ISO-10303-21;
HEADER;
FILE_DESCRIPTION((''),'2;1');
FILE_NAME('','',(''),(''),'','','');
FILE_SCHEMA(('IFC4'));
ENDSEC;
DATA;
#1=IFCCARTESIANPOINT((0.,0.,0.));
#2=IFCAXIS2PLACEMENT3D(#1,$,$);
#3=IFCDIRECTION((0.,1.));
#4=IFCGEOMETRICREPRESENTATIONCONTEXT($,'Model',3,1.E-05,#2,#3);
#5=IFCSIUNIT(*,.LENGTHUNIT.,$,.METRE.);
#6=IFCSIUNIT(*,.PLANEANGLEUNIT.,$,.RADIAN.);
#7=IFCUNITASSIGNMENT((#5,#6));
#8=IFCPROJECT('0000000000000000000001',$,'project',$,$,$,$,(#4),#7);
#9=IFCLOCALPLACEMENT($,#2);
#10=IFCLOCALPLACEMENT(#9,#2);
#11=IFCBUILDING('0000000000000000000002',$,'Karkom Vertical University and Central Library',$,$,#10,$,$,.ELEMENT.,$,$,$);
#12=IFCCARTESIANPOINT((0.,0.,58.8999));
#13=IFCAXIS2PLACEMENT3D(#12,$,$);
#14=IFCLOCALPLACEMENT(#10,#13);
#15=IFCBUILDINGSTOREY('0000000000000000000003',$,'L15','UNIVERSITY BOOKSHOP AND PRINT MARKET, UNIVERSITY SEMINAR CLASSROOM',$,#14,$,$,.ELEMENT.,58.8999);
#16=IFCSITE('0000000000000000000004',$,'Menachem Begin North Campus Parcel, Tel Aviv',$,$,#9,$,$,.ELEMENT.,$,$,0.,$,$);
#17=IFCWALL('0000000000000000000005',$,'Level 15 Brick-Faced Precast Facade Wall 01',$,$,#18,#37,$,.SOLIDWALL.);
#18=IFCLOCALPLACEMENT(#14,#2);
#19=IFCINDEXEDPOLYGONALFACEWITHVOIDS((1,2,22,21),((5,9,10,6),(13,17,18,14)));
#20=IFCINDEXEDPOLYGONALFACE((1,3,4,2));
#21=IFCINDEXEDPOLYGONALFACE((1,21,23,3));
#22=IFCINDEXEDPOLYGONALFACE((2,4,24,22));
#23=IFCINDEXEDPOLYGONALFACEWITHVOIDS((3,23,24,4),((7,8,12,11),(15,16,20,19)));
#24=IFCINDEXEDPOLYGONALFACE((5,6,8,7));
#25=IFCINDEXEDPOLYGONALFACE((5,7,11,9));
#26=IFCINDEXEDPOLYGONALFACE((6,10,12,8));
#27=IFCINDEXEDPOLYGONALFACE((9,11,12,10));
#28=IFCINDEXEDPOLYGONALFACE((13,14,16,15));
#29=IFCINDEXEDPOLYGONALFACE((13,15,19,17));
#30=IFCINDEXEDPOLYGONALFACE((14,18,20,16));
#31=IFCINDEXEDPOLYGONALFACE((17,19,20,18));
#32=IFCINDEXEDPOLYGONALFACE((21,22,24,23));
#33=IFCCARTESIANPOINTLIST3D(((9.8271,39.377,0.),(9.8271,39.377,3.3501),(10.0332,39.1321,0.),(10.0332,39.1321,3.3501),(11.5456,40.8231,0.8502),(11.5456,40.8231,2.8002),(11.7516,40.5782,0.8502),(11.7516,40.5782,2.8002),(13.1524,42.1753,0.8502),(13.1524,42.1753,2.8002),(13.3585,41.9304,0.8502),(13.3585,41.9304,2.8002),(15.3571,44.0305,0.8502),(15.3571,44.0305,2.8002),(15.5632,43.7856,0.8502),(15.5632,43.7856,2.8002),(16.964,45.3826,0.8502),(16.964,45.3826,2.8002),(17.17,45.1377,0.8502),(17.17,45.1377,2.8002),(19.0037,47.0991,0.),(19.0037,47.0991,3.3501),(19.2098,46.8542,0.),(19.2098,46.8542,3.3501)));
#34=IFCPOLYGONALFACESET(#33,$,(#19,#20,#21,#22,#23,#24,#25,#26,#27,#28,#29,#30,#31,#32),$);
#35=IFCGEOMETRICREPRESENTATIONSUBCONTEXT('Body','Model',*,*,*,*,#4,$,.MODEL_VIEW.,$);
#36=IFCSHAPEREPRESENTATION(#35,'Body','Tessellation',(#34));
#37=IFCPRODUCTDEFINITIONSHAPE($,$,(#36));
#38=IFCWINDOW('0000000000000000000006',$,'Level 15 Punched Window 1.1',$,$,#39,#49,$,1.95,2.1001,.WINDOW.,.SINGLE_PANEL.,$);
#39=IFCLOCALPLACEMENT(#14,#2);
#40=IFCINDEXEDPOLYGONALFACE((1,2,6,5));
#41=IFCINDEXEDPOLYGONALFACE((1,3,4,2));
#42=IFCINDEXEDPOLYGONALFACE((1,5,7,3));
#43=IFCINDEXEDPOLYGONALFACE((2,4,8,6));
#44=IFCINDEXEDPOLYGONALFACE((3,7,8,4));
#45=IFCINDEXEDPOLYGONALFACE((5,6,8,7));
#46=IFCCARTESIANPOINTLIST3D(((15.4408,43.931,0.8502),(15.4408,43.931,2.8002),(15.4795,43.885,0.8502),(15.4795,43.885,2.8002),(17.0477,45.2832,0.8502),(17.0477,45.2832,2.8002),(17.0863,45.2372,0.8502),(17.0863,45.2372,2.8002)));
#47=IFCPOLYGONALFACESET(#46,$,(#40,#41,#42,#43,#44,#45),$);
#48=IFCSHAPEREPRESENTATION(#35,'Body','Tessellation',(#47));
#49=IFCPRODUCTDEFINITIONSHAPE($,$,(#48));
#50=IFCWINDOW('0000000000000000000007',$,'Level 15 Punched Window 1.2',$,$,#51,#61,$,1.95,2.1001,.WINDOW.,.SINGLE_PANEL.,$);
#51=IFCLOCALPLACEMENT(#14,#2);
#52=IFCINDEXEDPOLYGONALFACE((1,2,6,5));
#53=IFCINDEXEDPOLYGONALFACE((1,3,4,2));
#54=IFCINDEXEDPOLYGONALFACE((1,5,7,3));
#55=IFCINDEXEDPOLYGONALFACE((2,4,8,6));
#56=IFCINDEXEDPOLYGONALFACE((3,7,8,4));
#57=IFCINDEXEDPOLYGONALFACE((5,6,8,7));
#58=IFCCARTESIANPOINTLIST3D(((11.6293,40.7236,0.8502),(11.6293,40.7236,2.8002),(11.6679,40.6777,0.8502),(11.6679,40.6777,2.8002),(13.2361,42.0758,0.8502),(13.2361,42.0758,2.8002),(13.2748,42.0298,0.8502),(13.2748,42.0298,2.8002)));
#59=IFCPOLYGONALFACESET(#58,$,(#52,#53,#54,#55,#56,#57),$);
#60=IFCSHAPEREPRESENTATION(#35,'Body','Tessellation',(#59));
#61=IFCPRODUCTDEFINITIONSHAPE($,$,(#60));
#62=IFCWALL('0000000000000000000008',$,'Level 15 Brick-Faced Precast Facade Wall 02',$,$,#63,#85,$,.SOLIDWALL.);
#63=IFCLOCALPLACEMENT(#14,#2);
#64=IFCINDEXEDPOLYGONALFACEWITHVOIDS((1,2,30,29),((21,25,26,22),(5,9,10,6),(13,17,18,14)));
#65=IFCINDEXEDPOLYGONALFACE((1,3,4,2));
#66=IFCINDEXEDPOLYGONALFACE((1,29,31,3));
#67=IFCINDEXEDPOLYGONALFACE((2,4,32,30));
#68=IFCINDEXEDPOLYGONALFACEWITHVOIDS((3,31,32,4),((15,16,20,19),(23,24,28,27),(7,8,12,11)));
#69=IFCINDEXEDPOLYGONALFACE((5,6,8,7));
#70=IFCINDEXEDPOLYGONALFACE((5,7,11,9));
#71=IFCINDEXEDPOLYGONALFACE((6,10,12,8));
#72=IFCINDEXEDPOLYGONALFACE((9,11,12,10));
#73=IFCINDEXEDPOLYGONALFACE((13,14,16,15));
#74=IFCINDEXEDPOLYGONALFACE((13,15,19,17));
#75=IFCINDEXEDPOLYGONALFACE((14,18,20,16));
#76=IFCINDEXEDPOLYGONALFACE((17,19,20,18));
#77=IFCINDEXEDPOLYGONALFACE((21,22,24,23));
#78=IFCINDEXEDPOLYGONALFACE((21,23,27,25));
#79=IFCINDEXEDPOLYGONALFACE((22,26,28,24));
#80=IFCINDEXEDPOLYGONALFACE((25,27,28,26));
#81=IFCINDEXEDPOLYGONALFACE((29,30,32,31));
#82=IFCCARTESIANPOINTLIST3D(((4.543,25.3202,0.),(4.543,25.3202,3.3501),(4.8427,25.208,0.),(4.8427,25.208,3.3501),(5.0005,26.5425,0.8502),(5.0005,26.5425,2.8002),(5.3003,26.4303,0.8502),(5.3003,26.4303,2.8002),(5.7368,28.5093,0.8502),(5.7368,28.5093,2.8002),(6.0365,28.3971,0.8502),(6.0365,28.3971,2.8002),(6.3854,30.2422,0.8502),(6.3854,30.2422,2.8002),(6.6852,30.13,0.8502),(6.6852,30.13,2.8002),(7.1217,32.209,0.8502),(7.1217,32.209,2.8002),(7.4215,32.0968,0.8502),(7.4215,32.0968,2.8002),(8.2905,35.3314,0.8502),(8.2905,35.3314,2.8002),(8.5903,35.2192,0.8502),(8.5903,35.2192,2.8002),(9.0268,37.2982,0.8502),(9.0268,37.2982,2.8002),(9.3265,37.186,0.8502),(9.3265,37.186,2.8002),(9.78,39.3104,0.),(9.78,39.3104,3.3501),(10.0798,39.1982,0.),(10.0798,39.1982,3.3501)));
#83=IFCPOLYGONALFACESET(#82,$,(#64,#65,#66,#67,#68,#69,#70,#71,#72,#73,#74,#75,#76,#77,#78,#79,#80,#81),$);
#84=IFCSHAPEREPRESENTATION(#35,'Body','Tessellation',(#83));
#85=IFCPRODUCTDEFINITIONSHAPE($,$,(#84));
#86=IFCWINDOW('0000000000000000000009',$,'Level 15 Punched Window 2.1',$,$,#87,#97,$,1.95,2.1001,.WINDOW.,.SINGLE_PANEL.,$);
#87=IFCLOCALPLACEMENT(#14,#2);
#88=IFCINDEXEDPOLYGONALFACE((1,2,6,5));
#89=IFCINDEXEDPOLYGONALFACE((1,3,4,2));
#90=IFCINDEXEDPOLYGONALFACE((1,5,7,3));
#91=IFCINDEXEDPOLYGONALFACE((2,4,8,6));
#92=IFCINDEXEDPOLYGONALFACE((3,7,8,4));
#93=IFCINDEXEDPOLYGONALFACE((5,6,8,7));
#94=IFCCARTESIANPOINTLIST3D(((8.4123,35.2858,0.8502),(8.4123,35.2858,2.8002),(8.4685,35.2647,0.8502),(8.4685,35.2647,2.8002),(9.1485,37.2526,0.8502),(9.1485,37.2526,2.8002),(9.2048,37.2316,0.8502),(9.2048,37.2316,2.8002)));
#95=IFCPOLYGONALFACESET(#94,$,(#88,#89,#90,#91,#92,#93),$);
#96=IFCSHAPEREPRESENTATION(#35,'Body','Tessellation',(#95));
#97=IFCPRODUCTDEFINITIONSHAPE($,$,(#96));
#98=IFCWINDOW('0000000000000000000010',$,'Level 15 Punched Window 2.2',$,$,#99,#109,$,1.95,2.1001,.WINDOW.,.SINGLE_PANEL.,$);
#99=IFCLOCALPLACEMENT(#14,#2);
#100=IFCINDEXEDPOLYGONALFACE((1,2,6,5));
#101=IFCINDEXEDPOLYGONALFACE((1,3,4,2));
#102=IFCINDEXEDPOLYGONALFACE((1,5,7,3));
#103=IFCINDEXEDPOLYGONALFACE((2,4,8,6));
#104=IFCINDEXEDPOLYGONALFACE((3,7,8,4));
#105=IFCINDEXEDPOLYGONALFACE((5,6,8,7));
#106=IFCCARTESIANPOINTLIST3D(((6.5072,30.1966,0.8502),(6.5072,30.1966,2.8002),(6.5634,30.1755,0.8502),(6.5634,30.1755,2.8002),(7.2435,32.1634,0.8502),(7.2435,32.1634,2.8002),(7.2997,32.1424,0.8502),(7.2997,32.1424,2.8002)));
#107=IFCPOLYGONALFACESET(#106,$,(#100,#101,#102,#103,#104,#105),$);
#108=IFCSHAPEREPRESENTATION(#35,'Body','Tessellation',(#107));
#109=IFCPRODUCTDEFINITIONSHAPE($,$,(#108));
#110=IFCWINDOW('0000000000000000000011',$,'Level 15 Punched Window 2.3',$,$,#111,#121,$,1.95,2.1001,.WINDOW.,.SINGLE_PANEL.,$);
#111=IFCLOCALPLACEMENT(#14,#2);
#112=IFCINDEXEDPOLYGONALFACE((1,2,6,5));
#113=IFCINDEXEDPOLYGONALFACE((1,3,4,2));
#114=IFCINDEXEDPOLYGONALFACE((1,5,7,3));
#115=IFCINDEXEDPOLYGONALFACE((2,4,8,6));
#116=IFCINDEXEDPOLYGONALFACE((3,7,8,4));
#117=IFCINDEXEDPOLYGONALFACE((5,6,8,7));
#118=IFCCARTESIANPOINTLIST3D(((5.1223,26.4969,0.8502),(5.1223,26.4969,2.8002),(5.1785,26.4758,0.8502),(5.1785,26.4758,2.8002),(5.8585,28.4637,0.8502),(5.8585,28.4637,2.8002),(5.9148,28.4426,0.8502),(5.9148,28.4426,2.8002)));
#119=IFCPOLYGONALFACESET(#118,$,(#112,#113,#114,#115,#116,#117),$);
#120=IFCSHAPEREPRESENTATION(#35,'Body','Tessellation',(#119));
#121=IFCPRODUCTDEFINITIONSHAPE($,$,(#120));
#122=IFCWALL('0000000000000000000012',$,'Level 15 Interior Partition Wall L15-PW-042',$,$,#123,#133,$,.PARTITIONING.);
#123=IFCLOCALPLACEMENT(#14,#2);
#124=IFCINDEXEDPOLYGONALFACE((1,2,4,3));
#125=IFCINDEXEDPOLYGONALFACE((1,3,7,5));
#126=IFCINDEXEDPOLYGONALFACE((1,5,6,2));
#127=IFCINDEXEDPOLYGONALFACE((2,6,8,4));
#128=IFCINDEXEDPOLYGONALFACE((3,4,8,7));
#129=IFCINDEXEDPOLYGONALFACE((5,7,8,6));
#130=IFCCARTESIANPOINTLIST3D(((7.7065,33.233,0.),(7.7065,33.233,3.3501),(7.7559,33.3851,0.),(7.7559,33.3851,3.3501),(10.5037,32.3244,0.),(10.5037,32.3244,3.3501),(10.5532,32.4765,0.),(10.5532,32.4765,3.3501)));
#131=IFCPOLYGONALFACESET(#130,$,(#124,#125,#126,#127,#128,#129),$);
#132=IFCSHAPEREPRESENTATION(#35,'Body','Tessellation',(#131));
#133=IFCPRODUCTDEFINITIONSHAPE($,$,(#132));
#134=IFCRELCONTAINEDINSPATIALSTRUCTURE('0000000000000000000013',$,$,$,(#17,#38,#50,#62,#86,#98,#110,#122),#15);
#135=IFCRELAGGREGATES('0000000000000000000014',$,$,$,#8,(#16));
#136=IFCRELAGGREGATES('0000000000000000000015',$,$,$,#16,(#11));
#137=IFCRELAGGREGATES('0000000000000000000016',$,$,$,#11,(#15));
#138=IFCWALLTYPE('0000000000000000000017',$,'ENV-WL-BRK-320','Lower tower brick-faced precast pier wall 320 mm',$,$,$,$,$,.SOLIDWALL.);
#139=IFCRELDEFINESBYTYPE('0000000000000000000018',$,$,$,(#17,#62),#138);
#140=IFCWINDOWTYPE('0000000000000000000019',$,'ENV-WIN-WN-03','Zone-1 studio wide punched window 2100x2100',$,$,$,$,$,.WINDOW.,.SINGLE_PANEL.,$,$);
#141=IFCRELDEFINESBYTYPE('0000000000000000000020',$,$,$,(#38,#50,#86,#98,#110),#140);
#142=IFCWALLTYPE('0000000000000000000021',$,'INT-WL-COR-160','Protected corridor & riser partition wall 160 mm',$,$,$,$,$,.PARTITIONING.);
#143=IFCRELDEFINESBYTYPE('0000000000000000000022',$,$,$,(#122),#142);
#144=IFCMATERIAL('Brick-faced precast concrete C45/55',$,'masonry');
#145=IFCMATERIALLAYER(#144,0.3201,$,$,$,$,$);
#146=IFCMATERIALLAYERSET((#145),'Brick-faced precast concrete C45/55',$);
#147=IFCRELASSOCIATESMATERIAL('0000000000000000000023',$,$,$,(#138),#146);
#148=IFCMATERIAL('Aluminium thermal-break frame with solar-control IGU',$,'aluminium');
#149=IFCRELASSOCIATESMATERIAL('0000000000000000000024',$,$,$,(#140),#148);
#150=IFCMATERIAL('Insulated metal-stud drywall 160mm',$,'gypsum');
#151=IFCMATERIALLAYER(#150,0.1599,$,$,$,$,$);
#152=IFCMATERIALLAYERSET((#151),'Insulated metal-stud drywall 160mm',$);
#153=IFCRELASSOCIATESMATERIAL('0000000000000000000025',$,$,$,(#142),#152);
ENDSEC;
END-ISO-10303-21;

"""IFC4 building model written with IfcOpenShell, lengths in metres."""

from ifc_helpers import new_model, si_unit, direction, frame, frame_2d, origin, origin_with_axes, place, context, subcontext, project, spatial, rectangle, extrude, source, transform, mapped, material, layer, layer_set, type_object, element, fill, save


model = new_model("IFC4")

# Units and contexts
model_context = context("Model", 3, precision=1e-05, world=origin(), true_north=direction((0.0, 1.0)))
body_context = subcontext(model_context, "Body", "Model", "MODEL_VIEW")
ifc_project = project(units=[si_unit("LENGTHUNIT", "METRE"), si_unit("PLANEANGLEUNIT", "RADIAN")], contexts=[model_context])

# Site, building, storey
site_placement = place(None, origin())
site = spatial("IfcSite", under=ifc_project, at=site_placement, Name="Menachem Begin North Campus Parcel, Tel Aviv", CompositionType="ELEMENT", RefElevation=0.0)
building_placement = place(site_placement, origin())
building = spatial("IfcBuilding", under=site, at=building_placement, Name="Karkom Vertical University and Central Library", CompositionType="ELEMENT")
storey_placement = place(building_placement, frame((0.0, 0.0, 58.8999)))
storey = spatial("IfcBuildingStorey", under=building, at=storey_placement, Name="L15", Description="UNIVERSITY BOOKSHOP AND PRINT MARKET, UNIVERSITY SEMINAR CLASSROOM", CompositionType="ELEMENT", Elevation=58.8999)

# Walls, openings, windows
ifc_material_1 = material(Name="Brick-faced precast concrete C45/55", Category="masonry")
ifc_layer_1 = layer(ifc_material_1, 0.3201)
ifc_layer_set_1 = layer_set([ifc_layer_1], Name="Brick-faced precast concrete C45/55")
wall_type_1 = type_object("IfcWallType", Name="ENV-WL-BRK-320", Description="Lower tower brick-faced precast pier wall 320 mm", PredefinedType="SOLIDWALL", material=ifc_layer_set_1)
wall_1_placement = place(storey_placement, frame((19.1067, 46.9766, 0.0), z_axis=(0.0, 0.0, 1.0), x_axis=(-0.765142, -0.643861, 0.0)))
wall_1 = element("IfcWall", 1, at=wall_1_placement, inside=storey, type_object=wall_type_1, Name="Level 15 Brick-Faced Precast Facade Wall 01", PredefinedType="SOLIDWALL", context=body_context, shape_type="SweptSolid", body=[
    extrude(rectangle(XDim=11.9934, YDim=0.3201, at=frame_2d((5.9966, 0.0))), origin(), (0.0, 0.0, 1.0), 3.3501),
])
opening_1_placement = place(wall_1_placement, frame((2.6658, 0.0, 0.8501)))
opening_1 = element("IfcOpeningElement", 2, at=opening_1_placement, cuts=wall_1, PredefinedType="OPENING", context=body_context, shape_type="SweptSolid", body=[
    extrude(rectangle(XDim=2.1001, YDim=1.95, at=frame_2d((1.05, 0.9751))), frame((0.0, 0.1699, 0.0), z_axis=(0.0, -1.0, 0.0), x_axis=(1.0, 0.0, 0.0)), (0.0, 0.0, 1.0), 0.3401),
])
opening_2_placement = place(wall_1_placement, frame((7.6472, 0.0, 0.8501)))
opening_2 = element("IfcOpeningElement", 3, at=opening_2_placement, cuts=wall_1, PredefinedType="OPENING", context=body_context, shape_type="SweptSolid", body=[
    extrude(rectangle(XDim=2.1001, YDim=1.95, at=frame_2d((1.05, 0.9751))), frame((0.0, 0.1699, 0.0), z_axis=(0.0, -1.0, 0.0), x_axis=(1.0, 0.0, 0.0)), (0.0, 0.0, 1.0), 0.3401),
])
ifc_material_2 = material(Name="Aluminium thermal-break frame with solar-control IGU", Category="aluminium")
window_type = type_object("IfcWindowType", Name="ENV-WIN-WN-03", Description="Zone-1 studio wide punched window 2100x2100", PartitioningType="SINGLE_PANEL", PredefinedType="WINDOW", material=ifc_material_2)
shared_shape_1 = source(origin_with_axes(), body_context, "Body", "SweptSolid", [
    extrude(rectangle(XDim=2.1001, YDim=1.95, at=frame_2d((1.05, 0.9751))), frame((0.0, 0.03, 0.0), z_axis=(0.0, -1.0, 0.0), x_axis=(1.0, 0.0, 0.0)), (0.0, 0.0, 1.0), 0.0601),
])
window_1_placement = place(opening_1_placement, origin())
window_1 = element("IfcWindow", 4, at=window_1_placement, inside=storey, type_object=window_type, Name="Level 15 Punched Window 1.1", OverallHeight=1.95, OverallWidth=2.1001, PartitioningType="SINGLE_PANEL", PredefinedType="WINDOW", context=body_context, shape_type="MappedRepresentation", body=[
    mapped(shared_shape_1, transform((0.0, 0.0, 0.0), scale=1.0)),
])
fill(opening_1, window_1)
window_2_placement = place(opening_2_placement, origin())
window_2 = element("IfcWindow", 5, at=window_2_placement, inside=storey, type_object=window_type, Name="Level 15 Punched Window 1.2", OverallHeight=1.95, OverallWidth=2.1001, PartitioningType="SINGLE_PANEL", PredefinedType="WINDOW", context=body_context, shape_type="MappedRepresentation", body=[
    mapped(shared_shape_1, transform((0.0, 0.0, 0.0), scale=1.0)),
])
fill(opening_2, window_2)
wall_2_placement = place(storey_placement, frame((9.9299, 39.2544, 0.0), z_axis=(0.0, 0.0, 1.0), x_axis=(-0.350579, -0.936533, 0.0)))
wall_2 = element("IfcWall", 6, at=wall_2_placement, inside=storey, type_object=wall_type_1, Name="Level 15 Brick-Faced Precast Facade Wall 02", PredefinedType="SOLIDWALL", context=body_context, shape_type="SweptSolid", body=[
    extrude(rectangle(XDim=14.9382, YDim=0.3201, at=frame_2d((7.4692, 0.0))), origin(), (0.0, 0.0, 1.0), 3.3501),
])
opening_3_placement = place(wall_2_placement, frame((2.1487, 0.0, 0.8501)))
opening_3 = element("IfcOpeningElement", 7, at=opening_3_placement, cuts=wall_2, PredefinedType="OPENING", context=body_context, shape_type="SweptSolid", body=[
    extrude(rectangle(XDim=2.1001, YDim=1.95, at=frame_2d((1.05, 0.9751))), frame((0.0, 0.1699, 0.0), z_axis=(0.0, -1.0, 0.0), x_axis=(1.0, 0.0, 0.0)), (0.0, 0.0, 1.0), 0.3401),
])
opening_4_placement = place(wall_2_placement, frame((7.5828, 0.0, 0.8501)))
opening_4 = element("IfcOpeningElement", 8, at=opening_4_placement, cuts=wall_2, PredefinedType="OPENING", context=body_context, shape_type="SweptSolid", body=[
    extrude(rectangle(XDim=2.1001, YDim=1.95, at=frame_2d((1.05, 0.9751))), frame((0.0, 0.1699, 0.0), z_axis=(0.0, -1.0, 0.0), x_axis=(1.0, 0.0, 0.0)), (0.0, 0.0, 1.0), 0.3401),
])
opening_5_placement = place(wall_2_placement, frame((11.5332, 0.0, 0.8501)))
opening_5 = element("IfcOpeningElement", 9, at=opening_5_placement, cuts=wall_2, PredefinedType="OPENING", context=body_context, shape_type="SweptSolid", body=[
    extrude(rectangle(XDim=2.1001, YDim=1.95, at=frame_2d((1.05, 0.9751))), frame((0.0, 0.1699, 0.0), z_axis=(0.0, -1.0, 0.0), x_axis=(1.0, 0.0, 0.0)), (0.0, 0.0, 1.0), 0.3401),
])
window_3_placement = place(opening_3_placement, origin())
window_3 = element("IfcWindow", 10, at=window_3_placement, inside=storey, type_object=window_type, Name="Level 15 Punched Window 2.1", OverallHeight=1.95, OverallWidth=2.1001, PartitioningType="SINGLE_PANEL", PredefinedType="WINDOW", context=body_context, shape_type="MappedRepresentation", body=[
    mapped(shared_shape_1, transform((0.0, 0.0, 0.0), scale=1.0)),
])
fill(opening_3, window_3)
window_4_placement = place(opening_4_placement, origin())
window_4 = element("IfcWindow", 11, at=window_4_placement, inside=storey, type_object=window_type, Name="Level 15 Punched Window 2.2", OverallHeight=1.95, OverallWidth=2.1001, PartitioningType="SINGLE_PANEL", PredefinedType="WINDOW", context=body_context, shape_type="MappedRepresentation", body=[
    mapped(shared_shape_1, transform((0.0, 0.0, 0.0), scale=1.0)),
])
fill(opening_4, window_4)
window_5_placement = place(opening_5_placement, origin())
window_5 = element("IfcWindow", 12, at=window_5_placement, inside=storey, type_object=window_type, Name="Level 15 Punched Window 2.3", OverallHeight=1.95, OverallWidth=2.1001, PartitioningType="SINGLE_PANEL", PredefinedType="WINDOW", context=body_context, shape_type="MappedRepresentation", body=[
    mapped(shared_shape_1, transform((0.0, 0.0, 0.0), scale=1.0)),
])
fill(opening_5, window_5)

# Shared definitions
ifc_material_3 = material(Name="Insulated metal-stud drywall 160mm", Category="gypsum")
ifc_layer_2 = layer(ifc_material_3, 0.1599)
ifc_layer_set_2 = layer_set([ifc_layer_2], Name="Insulated metal-stud drywall 160mm")
wall_type_2 = type_object("IfcWallType", Name="INT-WL-COR-160", Description="Protected corridor & riser partition wall 160 mm", PredefinedType="PARTITIONING", material=ifc_layer_set_2)

# Wall
wall_3_placement = place(storey_placement, frame((10.5286, 32.4004, 0.0), z_axis=(0.0, 0.0, 1.0), x_axis=(-0.951079, 0.308947, 0.0)))
element("IfcWall", 13, at=wall_3_placement, inside=storey, type_object=wall_type_2, Name="Level 15 Interior Partition Wall L15-PW-042", PredefinedType="PARTITIONING", context=body_context, shape_type="SweptSolid", body=[
    extrude(rectangle(XDim=2.9412, YDim=0.1599, at=frame_2d((1.4707, 0.0))), origin(), (0.0, 0.0, 1.0), 3.3501),
])

save(model, "model.ifc")
